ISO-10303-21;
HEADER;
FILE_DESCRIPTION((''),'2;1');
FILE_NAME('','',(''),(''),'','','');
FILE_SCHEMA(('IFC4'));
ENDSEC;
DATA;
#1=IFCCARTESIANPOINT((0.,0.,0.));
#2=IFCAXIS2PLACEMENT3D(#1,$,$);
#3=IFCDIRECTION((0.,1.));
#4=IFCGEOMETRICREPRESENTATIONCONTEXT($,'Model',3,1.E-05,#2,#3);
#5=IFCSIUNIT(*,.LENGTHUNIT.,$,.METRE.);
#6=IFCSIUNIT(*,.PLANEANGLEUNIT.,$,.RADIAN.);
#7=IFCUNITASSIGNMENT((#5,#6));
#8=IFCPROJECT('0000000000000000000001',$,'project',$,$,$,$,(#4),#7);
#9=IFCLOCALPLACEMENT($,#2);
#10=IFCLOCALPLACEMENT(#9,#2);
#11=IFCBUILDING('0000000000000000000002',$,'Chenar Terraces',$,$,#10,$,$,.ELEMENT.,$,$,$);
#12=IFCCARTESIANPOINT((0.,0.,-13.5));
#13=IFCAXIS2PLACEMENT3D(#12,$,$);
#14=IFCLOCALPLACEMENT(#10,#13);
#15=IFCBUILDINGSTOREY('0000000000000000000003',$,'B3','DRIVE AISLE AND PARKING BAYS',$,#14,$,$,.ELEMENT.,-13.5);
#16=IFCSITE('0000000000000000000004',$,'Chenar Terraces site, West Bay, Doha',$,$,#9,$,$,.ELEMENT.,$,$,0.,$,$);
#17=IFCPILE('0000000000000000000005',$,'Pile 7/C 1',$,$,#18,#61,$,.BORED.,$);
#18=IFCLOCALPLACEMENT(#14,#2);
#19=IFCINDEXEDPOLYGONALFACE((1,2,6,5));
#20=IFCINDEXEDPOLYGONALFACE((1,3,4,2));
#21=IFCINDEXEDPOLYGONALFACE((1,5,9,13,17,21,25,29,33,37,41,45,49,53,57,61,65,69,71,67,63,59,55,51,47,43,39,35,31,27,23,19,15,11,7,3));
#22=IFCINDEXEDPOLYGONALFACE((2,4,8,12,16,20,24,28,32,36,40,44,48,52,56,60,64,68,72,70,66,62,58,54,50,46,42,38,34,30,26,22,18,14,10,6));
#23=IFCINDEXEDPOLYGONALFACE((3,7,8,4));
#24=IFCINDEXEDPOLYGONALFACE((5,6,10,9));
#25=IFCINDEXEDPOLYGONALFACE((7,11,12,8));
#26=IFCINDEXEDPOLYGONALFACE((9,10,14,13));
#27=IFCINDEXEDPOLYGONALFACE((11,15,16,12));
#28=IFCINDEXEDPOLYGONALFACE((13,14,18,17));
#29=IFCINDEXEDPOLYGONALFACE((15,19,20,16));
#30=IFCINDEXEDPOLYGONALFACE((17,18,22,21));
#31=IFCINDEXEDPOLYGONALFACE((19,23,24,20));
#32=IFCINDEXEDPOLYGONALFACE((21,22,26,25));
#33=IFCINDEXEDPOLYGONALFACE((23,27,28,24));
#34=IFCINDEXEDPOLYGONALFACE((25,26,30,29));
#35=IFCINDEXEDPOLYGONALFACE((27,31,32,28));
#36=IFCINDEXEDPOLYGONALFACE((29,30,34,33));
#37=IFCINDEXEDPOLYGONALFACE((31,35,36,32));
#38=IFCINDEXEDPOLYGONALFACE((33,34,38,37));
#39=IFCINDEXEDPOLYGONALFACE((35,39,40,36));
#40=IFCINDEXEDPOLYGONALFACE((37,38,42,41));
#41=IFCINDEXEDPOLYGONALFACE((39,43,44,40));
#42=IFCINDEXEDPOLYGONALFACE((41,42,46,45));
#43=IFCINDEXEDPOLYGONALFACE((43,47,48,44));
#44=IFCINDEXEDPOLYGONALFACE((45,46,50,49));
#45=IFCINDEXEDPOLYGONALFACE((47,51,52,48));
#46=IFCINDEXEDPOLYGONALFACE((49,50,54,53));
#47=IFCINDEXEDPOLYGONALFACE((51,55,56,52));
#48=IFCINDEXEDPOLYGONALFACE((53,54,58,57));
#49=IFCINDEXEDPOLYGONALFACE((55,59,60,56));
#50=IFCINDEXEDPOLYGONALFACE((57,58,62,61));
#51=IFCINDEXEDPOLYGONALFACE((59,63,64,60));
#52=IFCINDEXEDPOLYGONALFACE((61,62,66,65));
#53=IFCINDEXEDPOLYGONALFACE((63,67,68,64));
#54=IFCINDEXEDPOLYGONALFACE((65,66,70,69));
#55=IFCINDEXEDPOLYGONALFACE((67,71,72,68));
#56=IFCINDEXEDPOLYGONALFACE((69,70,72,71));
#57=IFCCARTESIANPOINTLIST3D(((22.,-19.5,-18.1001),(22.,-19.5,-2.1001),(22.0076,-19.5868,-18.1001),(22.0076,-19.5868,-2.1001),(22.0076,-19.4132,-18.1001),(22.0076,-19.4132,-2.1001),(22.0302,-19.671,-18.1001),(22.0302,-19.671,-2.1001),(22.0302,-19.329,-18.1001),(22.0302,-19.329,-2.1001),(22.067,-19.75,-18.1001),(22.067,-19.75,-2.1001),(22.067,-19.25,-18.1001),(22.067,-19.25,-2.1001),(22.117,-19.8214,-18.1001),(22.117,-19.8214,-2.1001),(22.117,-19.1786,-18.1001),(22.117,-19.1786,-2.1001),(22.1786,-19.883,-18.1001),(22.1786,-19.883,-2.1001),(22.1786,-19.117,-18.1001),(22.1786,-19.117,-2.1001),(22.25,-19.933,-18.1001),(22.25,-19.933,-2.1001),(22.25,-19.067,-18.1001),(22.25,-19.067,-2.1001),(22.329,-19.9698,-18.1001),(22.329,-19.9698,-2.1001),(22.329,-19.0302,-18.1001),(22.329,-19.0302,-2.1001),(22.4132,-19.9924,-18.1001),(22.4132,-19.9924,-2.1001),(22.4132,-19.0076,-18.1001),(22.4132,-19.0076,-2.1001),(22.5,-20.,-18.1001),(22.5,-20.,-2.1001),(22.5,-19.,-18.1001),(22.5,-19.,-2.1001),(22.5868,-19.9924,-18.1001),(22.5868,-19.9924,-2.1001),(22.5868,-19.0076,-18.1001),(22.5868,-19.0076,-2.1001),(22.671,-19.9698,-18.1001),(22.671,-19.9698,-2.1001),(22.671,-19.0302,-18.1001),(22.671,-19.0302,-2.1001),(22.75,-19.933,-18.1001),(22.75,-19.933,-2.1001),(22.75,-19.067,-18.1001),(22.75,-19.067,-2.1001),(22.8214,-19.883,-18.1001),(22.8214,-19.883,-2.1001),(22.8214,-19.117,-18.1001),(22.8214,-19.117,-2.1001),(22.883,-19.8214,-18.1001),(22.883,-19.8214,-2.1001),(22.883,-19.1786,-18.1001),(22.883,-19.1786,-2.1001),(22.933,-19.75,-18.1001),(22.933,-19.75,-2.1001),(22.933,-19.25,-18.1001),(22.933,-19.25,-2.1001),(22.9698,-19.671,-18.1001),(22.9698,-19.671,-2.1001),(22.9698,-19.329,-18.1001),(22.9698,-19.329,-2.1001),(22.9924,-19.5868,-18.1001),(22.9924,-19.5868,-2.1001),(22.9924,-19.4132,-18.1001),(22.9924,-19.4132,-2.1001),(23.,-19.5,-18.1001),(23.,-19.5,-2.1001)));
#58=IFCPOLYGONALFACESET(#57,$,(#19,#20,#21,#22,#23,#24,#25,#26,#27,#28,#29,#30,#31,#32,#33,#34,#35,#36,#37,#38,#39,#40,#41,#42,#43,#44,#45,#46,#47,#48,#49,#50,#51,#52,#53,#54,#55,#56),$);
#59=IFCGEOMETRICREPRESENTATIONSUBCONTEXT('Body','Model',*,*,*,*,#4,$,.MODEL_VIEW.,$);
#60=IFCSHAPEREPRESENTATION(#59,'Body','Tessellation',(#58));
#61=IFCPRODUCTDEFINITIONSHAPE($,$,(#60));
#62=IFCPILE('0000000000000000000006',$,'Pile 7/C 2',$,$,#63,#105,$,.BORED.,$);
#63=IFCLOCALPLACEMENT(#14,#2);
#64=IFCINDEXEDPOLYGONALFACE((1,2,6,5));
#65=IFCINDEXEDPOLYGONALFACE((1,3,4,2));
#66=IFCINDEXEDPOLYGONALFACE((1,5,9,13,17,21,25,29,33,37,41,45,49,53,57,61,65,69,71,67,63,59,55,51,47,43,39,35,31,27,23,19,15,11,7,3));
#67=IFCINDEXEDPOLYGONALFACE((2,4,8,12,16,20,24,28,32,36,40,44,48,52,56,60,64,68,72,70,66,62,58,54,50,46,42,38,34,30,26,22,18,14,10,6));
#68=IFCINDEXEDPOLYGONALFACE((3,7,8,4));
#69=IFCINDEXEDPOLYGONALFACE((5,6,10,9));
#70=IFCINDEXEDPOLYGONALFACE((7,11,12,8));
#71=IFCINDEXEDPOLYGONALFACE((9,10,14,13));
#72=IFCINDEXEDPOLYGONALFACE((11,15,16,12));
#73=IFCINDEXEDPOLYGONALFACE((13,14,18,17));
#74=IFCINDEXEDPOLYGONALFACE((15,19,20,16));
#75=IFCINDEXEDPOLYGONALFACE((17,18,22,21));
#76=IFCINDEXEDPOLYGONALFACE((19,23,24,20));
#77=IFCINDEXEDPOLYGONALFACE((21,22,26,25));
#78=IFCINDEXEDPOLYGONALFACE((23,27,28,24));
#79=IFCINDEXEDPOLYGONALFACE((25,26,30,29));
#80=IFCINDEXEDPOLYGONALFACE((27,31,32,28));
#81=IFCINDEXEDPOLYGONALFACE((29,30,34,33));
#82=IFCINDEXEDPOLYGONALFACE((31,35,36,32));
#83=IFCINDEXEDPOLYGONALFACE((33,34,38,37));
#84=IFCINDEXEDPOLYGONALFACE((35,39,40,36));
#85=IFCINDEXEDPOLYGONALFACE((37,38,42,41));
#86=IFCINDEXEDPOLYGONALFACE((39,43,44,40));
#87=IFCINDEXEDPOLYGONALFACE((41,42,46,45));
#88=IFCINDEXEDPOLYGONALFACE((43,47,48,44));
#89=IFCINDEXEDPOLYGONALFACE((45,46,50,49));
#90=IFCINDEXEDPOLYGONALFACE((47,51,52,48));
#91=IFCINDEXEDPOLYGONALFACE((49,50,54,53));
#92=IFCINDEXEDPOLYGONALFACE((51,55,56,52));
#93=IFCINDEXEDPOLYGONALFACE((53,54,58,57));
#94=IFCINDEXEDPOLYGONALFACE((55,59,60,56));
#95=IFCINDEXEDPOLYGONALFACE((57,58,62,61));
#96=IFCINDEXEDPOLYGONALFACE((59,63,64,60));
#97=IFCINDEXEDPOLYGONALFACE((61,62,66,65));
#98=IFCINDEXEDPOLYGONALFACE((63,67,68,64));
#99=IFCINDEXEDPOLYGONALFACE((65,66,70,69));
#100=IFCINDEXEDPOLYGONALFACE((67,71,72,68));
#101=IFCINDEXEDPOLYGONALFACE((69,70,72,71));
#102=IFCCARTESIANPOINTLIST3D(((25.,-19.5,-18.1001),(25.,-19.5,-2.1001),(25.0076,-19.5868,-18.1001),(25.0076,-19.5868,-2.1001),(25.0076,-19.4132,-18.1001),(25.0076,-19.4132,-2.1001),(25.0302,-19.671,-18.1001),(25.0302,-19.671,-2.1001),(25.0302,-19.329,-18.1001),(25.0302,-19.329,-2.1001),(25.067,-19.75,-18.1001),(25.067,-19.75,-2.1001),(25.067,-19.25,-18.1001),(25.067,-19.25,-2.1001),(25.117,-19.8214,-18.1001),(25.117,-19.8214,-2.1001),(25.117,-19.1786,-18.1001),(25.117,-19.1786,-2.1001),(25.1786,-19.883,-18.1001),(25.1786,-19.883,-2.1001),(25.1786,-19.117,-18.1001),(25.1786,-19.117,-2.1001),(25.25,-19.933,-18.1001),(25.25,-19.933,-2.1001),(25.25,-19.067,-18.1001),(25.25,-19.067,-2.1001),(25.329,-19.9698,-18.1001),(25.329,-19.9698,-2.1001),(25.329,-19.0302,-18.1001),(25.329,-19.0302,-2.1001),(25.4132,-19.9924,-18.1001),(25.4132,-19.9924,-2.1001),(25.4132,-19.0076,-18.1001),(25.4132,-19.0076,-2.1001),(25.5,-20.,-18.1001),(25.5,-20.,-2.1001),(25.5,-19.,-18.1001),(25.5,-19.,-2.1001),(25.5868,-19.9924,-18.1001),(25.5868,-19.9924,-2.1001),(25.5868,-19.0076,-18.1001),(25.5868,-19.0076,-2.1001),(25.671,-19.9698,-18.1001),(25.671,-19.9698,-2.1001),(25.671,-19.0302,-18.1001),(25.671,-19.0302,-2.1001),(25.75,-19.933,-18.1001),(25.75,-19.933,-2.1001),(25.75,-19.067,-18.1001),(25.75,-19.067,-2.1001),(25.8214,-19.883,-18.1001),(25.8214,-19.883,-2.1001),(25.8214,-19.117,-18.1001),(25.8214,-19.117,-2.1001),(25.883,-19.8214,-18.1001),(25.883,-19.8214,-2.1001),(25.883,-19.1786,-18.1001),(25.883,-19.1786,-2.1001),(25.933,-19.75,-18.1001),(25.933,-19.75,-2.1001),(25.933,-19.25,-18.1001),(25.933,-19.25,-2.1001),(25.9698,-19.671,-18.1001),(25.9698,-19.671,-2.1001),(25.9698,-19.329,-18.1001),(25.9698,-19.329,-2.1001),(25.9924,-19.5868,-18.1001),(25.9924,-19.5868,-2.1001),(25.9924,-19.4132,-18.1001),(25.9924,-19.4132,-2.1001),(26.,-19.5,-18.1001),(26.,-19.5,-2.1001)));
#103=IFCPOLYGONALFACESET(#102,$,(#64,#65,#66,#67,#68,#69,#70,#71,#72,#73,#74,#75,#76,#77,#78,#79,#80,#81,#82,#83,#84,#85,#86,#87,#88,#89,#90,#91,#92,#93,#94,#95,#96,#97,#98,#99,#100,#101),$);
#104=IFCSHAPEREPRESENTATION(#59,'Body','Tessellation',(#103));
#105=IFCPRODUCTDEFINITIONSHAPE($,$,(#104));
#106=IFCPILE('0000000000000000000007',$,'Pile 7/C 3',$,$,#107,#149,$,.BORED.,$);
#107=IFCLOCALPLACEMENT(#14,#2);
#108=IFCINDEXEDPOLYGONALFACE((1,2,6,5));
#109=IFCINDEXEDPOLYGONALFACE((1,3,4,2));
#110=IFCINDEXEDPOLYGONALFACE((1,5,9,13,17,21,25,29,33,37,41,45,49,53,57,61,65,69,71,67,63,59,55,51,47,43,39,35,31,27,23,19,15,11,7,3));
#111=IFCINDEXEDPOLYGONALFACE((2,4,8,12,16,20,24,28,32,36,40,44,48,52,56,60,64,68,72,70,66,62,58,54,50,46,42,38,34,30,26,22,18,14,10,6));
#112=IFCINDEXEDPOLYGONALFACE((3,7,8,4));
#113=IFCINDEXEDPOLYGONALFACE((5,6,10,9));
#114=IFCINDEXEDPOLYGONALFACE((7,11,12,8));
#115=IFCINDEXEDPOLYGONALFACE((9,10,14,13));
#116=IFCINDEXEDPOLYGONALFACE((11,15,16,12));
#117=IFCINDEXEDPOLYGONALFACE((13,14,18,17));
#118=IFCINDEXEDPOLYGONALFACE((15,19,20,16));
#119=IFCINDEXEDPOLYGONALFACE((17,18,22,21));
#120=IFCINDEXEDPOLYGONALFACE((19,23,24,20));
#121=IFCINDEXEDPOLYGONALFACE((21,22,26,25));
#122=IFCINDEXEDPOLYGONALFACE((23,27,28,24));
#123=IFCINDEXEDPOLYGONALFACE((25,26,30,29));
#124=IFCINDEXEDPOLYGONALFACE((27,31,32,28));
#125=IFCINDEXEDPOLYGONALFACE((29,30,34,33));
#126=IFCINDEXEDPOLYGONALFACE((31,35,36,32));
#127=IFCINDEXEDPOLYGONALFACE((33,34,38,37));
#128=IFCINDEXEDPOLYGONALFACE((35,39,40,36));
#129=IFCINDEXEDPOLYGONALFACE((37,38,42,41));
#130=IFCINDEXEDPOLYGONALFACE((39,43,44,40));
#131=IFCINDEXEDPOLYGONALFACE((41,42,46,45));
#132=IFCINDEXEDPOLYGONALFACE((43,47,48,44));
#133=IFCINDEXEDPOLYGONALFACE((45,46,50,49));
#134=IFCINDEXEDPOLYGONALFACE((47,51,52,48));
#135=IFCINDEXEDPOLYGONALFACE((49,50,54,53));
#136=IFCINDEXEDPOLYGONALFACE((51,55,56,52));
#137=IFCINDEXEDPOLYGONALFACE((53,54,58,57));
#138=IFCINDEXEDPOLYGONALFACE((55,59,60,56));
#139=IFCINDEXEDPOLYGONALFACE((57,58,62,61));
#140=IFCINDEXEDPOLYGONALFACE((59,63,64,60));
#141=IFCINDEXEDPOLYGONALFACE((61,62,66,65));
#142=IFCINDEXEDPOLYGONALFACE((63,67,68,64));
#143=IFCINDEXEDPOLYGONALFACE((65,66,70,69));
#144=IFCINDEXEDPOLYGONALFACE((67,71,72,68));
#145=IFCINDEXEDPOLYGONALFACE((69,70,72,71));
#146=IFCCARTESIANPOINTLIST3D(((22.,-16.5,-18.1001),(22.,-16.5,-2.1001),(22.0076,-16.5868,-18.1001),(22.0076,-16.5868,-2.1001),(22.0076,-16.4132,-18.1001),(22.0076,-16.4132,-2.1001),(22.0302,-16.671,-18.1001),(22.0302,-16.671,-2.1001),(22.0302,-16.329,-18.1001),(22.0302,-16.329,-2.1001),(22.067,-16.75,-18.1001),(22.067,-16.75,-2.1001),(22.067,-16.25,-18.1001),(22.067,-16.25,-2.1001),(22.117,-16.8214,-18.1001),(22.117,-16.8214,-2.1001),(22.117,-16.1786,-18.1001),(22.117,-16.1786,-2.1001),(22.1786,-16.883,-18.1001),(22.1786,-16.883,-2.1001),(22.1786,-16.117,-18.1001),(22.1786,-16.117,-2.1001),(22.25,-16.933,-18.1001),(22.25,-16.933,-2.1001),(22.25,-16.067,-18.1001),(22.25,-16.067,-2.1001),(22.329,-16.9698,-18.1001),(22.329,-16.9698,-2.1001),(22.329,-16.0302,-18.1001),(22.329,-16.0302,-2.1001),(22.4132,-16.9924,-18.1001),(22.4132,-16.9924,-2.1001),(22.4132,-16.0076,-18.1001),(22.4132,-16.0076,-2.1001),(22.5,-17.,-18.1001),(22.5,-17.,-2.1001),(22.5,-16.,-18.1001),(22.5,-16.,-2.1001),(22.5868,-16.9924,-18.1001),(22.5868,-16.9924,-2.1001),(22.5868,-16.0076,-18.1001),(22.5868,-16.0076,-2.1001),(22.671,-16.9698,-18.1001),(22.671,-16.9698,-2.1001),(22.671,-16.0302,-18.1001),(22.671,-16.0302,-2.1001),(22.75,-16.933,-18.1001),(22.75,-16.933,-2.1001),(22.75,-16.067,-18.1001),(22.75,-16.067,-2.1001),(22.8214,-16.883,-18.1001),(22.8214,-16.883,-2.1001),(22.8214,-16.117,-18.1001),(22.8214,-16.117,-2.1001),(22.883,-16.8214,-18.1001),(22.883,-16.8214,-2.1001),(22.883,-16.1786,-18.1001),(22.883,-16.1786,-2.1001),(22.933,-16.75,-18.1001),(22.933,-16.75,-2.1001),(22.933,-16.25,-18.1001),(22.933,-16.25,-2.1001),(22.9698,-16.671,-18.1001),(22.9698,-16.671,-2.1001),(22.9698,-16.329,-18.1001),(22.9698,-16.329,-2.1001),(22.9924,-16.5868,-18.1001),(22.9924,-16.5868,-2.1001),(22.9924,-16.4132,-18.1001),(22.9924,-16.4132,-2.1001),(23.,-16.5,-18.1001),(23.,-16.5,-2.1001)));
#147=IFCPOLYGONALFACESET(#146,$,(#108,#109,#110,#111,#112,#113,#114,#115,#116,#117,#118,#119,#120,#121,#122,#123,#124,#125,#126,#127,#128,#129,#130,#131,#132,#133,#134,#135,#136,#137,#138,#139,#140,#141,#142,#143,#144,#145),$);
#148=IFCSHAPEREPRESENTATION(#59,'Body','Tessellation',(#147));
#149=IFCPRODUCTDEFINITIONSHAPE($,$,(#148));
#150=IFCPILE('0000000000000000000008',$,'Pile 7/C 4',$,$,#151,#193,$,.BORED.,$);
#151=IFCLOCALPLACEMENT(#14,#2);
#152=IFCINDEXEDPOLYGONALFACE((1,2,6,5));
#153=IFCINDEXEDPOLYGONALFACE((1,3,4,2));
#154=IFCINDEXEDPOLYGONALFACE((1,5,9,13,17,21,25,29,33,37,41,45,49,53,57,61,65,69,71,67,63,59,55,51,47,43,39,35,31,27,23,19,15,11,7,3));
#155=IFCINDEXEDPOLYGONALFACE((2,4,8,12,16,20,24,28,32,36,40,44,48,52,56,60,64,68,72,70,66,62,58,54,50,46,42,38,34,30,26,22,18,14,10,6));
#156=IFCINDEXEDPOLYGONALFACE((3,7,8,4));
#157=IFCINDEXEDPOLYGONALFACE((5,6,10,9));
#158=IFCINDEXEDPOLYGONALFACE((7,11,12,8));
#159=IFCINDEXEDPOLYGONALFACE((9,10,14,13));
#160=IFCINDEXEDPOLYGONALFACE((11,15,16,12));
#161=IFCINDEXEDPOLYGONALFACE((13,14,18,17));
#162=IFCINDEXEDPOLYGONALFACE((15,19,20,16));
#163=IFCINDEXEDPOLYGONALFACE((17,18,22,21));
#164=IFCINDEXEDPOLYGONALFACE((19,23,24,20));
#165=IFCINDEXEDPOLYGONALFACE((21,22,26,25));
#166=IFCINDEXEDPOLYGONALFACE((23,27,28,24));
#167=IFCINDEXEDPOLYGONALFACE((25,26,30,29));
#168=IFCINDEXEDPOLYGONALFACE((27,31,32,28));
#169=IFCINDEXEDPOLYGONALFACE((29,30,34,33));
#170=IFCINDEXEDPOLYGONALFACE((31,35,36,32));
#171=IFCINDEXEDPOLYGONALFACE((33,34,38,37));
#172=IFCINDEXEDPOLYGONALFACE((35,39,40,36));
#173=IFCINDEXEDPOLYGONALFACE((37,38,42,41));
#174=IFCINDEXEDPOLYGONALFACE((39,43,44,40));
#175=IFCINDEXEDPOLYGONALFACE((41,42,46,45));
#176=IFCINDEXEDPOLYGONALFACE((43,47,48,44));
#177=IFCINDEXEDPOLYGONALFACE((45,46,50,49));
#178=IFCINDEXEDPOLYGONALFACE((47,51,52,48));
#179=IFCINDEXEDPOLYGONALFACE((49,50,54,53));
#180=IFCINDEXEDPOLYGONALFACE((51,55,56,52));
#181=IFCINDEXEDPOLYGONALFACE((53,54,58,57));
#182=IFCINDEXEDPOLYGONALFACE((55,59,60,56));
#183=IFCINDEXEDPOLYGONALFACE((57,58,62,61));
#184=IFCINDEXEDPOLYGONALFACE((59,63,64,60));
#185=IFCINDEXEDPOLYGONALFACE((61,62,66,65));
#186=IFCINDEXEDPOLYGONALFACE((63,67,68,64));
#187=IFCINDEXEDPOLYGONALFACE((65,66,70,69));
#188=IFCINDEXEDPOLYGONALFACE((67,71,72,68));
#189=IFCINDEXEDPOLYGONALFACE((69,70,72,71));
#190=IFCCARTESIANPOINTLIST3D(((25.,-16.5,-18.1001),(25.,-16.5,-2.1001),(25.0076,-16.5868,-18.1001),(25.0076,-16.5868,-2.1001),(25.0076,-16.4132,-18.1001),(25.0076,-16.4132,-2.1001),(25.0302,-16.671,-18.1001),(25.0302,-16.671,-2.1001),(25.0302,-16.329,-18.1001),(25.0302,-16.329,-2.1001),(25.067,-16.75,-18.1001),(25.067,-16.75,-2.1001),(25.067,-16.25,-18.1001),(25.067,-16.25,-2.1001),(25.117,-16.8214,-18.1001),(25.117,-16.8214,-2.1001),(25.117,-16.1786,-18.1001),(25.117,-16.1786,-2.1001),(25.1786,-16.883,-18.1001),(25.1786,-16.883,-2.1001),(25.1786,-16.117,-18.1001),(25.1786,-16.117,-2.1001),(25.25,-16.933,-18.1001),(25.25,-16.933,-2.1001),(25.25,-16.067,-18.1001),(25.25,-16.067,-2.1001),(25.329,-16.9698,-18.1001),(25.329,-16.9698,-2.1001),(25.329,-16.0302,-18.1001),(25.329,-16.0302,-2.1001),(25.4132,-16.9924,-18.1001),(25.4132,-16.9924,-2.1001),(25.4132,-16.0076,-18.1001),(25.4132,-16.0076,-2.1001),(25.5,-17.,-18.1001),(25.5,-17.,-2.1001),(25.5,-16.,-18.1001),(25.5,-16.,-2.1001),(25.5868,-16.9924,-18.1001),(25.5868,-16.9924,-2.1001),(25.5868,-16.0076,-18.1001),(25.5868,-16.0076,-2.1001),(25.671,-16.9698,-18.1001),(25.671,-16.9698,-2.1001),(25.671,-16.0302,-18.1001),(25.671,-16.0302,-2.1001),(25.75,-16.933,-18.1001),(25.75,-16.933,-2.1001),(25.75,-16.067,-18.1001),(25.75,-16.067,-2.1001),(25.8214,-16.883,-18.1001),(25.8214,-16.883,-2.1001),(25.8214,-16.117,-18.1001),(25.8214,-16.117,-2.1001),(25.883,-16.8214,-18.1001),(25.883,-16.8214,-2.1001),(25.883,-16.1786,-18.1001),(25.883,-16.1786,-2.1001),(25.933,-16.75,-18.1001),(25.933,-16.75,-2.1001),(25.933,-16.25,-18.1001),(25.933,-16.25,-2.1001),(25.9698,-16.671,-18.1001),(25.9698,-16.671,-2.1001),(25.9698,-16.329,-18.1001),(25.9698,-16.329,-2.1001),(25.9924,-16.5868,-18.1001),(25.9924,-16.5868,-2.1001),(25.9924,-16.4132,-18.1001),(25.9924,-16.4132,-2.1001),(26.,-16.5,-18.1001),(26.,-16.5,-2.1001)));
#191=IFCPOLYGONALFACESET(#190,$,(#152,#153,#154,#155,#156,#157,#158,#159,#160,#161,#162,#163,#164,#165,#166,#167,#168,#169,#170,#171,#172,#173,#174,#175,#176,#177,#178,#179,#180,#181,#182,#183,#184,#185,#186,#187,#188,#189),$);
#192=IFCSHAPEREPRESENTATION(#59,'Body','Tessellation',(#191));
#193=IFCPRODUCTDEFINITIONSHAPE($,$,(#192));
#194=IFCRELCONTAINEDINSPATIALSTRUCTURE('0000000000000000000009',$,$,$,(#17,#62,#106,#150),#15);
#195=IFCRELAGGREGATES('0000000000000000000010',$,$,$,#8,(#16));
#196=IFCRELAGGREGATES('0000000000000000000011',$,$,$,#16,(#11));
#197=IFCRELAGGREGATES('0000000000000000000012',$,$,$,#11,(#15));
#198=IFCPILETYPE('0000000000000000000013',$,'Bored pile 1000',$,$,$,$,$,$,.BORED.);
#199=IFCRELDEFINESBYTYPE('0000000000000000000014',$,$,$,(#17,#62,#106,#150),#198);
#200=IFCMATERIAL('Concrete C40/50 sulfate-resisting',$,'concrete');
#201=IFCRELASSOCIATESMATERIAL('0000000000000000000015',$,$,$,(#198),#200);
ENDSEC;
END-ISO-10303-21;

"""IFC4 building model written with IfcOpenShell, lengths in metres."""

from ifc_helpers import new_model, si_unit, direction, frame, origin, origin_2d, place, context, subcontext, project, spatial, circle, extrude, material, material_profile, profile_set, type_object, element, save


model = new_model("IFC4")

# Units and contexts
model_context = context("Model", 3, precision=1e-05, world=origin(), true_north=direction((0.0, 1.0)))
body_context = subcontext(model_context, "Body", "Model", "MODEL_VIEW")
ifc_project = project(units=[si_unit("LENGTHUNIT", "METRE"), si_unit("PLANEANGLEUNIT", "RADIAN")], contexts=[model_context])

# Site, building, storey
site_placement = place(None, origin())
site = spatial("IfcSite", under=ifc_project, at=site_placement, Name="Chenar Terraces site, West Bay, Doha", CompositionType="ELEMENT", RefElevation=0.0)
building_placement = place(site_placement, origin())
building = spatial("IfcBuilding", under=site, at=building_placement, Name="Chenar Terraces", CompositionType="ELEMENT")
storey_placement = place(building_placement, frame((0.0, 0.0, -13.5)))
storey = spatial("IfcBuildingStorey", under=building, at=storey_placement, Name="B3", Description="DRIVE AISLE AND PARKING BAYS", CompositionType="ELEMENT", Elevation=-13.5)

# Piles
ifc_material_1 = material(Name="Concrete C40/50 sulfate-resisting", Category="concrete")
ifc_material_profile_1 = material_profile(ifc_material_1, circle(Radius=0.5, at=origin_2d()), Name="BP 1000")
ifc_profile_set_1 = profile_set([ifc_material_profile_1], Name="Concrete C40/50 sulfate-resisting")
pile_type_1 = type_object("IfcPileType", Name="Bored pile 1000", PredefinedType="BORED", material=ifc_profile_set_1)
for number, where, z_axis, x_axis, name in (
    (1, (22.5, -19.5, -2.1001), (0.0, 0.0, -1.0), (1.0, 0.0, 0.0), "Pile 7/C 1"),
    (2, (25.5, -19.5, -2.1001), (0.0, 0.0, -1.0), (1.0, 0.0, 0.0), "Pile 7/C 2"),
    (3, (22.5, -16.5, -2.1001), (0.0, 0.0, -1.0), (1.0, 0.0, 0.0), "Pile 7/C 3"),
    (4, (25.5, -16.5, -2.1001), (0.0, 0.0, -1.0), (1.0, 0.0, 0.0), "Pile 7/C 4"),
):
    element("IfcPile", number, at=place(storey_placement, frame(where, z_axis=z_axis, x_axis=x_axis)), inside=storey, type_object=pile_type_1, Name=name, PredefinedType="BORED", context=body_context, shape_type="SweptSolid", body=[
        extrude(circle(Radius=0.5, at=origin_2d()), origin(), (0.0, 0.0, 1.0), 16.0),
    ])

save(model, "model.ifc")
